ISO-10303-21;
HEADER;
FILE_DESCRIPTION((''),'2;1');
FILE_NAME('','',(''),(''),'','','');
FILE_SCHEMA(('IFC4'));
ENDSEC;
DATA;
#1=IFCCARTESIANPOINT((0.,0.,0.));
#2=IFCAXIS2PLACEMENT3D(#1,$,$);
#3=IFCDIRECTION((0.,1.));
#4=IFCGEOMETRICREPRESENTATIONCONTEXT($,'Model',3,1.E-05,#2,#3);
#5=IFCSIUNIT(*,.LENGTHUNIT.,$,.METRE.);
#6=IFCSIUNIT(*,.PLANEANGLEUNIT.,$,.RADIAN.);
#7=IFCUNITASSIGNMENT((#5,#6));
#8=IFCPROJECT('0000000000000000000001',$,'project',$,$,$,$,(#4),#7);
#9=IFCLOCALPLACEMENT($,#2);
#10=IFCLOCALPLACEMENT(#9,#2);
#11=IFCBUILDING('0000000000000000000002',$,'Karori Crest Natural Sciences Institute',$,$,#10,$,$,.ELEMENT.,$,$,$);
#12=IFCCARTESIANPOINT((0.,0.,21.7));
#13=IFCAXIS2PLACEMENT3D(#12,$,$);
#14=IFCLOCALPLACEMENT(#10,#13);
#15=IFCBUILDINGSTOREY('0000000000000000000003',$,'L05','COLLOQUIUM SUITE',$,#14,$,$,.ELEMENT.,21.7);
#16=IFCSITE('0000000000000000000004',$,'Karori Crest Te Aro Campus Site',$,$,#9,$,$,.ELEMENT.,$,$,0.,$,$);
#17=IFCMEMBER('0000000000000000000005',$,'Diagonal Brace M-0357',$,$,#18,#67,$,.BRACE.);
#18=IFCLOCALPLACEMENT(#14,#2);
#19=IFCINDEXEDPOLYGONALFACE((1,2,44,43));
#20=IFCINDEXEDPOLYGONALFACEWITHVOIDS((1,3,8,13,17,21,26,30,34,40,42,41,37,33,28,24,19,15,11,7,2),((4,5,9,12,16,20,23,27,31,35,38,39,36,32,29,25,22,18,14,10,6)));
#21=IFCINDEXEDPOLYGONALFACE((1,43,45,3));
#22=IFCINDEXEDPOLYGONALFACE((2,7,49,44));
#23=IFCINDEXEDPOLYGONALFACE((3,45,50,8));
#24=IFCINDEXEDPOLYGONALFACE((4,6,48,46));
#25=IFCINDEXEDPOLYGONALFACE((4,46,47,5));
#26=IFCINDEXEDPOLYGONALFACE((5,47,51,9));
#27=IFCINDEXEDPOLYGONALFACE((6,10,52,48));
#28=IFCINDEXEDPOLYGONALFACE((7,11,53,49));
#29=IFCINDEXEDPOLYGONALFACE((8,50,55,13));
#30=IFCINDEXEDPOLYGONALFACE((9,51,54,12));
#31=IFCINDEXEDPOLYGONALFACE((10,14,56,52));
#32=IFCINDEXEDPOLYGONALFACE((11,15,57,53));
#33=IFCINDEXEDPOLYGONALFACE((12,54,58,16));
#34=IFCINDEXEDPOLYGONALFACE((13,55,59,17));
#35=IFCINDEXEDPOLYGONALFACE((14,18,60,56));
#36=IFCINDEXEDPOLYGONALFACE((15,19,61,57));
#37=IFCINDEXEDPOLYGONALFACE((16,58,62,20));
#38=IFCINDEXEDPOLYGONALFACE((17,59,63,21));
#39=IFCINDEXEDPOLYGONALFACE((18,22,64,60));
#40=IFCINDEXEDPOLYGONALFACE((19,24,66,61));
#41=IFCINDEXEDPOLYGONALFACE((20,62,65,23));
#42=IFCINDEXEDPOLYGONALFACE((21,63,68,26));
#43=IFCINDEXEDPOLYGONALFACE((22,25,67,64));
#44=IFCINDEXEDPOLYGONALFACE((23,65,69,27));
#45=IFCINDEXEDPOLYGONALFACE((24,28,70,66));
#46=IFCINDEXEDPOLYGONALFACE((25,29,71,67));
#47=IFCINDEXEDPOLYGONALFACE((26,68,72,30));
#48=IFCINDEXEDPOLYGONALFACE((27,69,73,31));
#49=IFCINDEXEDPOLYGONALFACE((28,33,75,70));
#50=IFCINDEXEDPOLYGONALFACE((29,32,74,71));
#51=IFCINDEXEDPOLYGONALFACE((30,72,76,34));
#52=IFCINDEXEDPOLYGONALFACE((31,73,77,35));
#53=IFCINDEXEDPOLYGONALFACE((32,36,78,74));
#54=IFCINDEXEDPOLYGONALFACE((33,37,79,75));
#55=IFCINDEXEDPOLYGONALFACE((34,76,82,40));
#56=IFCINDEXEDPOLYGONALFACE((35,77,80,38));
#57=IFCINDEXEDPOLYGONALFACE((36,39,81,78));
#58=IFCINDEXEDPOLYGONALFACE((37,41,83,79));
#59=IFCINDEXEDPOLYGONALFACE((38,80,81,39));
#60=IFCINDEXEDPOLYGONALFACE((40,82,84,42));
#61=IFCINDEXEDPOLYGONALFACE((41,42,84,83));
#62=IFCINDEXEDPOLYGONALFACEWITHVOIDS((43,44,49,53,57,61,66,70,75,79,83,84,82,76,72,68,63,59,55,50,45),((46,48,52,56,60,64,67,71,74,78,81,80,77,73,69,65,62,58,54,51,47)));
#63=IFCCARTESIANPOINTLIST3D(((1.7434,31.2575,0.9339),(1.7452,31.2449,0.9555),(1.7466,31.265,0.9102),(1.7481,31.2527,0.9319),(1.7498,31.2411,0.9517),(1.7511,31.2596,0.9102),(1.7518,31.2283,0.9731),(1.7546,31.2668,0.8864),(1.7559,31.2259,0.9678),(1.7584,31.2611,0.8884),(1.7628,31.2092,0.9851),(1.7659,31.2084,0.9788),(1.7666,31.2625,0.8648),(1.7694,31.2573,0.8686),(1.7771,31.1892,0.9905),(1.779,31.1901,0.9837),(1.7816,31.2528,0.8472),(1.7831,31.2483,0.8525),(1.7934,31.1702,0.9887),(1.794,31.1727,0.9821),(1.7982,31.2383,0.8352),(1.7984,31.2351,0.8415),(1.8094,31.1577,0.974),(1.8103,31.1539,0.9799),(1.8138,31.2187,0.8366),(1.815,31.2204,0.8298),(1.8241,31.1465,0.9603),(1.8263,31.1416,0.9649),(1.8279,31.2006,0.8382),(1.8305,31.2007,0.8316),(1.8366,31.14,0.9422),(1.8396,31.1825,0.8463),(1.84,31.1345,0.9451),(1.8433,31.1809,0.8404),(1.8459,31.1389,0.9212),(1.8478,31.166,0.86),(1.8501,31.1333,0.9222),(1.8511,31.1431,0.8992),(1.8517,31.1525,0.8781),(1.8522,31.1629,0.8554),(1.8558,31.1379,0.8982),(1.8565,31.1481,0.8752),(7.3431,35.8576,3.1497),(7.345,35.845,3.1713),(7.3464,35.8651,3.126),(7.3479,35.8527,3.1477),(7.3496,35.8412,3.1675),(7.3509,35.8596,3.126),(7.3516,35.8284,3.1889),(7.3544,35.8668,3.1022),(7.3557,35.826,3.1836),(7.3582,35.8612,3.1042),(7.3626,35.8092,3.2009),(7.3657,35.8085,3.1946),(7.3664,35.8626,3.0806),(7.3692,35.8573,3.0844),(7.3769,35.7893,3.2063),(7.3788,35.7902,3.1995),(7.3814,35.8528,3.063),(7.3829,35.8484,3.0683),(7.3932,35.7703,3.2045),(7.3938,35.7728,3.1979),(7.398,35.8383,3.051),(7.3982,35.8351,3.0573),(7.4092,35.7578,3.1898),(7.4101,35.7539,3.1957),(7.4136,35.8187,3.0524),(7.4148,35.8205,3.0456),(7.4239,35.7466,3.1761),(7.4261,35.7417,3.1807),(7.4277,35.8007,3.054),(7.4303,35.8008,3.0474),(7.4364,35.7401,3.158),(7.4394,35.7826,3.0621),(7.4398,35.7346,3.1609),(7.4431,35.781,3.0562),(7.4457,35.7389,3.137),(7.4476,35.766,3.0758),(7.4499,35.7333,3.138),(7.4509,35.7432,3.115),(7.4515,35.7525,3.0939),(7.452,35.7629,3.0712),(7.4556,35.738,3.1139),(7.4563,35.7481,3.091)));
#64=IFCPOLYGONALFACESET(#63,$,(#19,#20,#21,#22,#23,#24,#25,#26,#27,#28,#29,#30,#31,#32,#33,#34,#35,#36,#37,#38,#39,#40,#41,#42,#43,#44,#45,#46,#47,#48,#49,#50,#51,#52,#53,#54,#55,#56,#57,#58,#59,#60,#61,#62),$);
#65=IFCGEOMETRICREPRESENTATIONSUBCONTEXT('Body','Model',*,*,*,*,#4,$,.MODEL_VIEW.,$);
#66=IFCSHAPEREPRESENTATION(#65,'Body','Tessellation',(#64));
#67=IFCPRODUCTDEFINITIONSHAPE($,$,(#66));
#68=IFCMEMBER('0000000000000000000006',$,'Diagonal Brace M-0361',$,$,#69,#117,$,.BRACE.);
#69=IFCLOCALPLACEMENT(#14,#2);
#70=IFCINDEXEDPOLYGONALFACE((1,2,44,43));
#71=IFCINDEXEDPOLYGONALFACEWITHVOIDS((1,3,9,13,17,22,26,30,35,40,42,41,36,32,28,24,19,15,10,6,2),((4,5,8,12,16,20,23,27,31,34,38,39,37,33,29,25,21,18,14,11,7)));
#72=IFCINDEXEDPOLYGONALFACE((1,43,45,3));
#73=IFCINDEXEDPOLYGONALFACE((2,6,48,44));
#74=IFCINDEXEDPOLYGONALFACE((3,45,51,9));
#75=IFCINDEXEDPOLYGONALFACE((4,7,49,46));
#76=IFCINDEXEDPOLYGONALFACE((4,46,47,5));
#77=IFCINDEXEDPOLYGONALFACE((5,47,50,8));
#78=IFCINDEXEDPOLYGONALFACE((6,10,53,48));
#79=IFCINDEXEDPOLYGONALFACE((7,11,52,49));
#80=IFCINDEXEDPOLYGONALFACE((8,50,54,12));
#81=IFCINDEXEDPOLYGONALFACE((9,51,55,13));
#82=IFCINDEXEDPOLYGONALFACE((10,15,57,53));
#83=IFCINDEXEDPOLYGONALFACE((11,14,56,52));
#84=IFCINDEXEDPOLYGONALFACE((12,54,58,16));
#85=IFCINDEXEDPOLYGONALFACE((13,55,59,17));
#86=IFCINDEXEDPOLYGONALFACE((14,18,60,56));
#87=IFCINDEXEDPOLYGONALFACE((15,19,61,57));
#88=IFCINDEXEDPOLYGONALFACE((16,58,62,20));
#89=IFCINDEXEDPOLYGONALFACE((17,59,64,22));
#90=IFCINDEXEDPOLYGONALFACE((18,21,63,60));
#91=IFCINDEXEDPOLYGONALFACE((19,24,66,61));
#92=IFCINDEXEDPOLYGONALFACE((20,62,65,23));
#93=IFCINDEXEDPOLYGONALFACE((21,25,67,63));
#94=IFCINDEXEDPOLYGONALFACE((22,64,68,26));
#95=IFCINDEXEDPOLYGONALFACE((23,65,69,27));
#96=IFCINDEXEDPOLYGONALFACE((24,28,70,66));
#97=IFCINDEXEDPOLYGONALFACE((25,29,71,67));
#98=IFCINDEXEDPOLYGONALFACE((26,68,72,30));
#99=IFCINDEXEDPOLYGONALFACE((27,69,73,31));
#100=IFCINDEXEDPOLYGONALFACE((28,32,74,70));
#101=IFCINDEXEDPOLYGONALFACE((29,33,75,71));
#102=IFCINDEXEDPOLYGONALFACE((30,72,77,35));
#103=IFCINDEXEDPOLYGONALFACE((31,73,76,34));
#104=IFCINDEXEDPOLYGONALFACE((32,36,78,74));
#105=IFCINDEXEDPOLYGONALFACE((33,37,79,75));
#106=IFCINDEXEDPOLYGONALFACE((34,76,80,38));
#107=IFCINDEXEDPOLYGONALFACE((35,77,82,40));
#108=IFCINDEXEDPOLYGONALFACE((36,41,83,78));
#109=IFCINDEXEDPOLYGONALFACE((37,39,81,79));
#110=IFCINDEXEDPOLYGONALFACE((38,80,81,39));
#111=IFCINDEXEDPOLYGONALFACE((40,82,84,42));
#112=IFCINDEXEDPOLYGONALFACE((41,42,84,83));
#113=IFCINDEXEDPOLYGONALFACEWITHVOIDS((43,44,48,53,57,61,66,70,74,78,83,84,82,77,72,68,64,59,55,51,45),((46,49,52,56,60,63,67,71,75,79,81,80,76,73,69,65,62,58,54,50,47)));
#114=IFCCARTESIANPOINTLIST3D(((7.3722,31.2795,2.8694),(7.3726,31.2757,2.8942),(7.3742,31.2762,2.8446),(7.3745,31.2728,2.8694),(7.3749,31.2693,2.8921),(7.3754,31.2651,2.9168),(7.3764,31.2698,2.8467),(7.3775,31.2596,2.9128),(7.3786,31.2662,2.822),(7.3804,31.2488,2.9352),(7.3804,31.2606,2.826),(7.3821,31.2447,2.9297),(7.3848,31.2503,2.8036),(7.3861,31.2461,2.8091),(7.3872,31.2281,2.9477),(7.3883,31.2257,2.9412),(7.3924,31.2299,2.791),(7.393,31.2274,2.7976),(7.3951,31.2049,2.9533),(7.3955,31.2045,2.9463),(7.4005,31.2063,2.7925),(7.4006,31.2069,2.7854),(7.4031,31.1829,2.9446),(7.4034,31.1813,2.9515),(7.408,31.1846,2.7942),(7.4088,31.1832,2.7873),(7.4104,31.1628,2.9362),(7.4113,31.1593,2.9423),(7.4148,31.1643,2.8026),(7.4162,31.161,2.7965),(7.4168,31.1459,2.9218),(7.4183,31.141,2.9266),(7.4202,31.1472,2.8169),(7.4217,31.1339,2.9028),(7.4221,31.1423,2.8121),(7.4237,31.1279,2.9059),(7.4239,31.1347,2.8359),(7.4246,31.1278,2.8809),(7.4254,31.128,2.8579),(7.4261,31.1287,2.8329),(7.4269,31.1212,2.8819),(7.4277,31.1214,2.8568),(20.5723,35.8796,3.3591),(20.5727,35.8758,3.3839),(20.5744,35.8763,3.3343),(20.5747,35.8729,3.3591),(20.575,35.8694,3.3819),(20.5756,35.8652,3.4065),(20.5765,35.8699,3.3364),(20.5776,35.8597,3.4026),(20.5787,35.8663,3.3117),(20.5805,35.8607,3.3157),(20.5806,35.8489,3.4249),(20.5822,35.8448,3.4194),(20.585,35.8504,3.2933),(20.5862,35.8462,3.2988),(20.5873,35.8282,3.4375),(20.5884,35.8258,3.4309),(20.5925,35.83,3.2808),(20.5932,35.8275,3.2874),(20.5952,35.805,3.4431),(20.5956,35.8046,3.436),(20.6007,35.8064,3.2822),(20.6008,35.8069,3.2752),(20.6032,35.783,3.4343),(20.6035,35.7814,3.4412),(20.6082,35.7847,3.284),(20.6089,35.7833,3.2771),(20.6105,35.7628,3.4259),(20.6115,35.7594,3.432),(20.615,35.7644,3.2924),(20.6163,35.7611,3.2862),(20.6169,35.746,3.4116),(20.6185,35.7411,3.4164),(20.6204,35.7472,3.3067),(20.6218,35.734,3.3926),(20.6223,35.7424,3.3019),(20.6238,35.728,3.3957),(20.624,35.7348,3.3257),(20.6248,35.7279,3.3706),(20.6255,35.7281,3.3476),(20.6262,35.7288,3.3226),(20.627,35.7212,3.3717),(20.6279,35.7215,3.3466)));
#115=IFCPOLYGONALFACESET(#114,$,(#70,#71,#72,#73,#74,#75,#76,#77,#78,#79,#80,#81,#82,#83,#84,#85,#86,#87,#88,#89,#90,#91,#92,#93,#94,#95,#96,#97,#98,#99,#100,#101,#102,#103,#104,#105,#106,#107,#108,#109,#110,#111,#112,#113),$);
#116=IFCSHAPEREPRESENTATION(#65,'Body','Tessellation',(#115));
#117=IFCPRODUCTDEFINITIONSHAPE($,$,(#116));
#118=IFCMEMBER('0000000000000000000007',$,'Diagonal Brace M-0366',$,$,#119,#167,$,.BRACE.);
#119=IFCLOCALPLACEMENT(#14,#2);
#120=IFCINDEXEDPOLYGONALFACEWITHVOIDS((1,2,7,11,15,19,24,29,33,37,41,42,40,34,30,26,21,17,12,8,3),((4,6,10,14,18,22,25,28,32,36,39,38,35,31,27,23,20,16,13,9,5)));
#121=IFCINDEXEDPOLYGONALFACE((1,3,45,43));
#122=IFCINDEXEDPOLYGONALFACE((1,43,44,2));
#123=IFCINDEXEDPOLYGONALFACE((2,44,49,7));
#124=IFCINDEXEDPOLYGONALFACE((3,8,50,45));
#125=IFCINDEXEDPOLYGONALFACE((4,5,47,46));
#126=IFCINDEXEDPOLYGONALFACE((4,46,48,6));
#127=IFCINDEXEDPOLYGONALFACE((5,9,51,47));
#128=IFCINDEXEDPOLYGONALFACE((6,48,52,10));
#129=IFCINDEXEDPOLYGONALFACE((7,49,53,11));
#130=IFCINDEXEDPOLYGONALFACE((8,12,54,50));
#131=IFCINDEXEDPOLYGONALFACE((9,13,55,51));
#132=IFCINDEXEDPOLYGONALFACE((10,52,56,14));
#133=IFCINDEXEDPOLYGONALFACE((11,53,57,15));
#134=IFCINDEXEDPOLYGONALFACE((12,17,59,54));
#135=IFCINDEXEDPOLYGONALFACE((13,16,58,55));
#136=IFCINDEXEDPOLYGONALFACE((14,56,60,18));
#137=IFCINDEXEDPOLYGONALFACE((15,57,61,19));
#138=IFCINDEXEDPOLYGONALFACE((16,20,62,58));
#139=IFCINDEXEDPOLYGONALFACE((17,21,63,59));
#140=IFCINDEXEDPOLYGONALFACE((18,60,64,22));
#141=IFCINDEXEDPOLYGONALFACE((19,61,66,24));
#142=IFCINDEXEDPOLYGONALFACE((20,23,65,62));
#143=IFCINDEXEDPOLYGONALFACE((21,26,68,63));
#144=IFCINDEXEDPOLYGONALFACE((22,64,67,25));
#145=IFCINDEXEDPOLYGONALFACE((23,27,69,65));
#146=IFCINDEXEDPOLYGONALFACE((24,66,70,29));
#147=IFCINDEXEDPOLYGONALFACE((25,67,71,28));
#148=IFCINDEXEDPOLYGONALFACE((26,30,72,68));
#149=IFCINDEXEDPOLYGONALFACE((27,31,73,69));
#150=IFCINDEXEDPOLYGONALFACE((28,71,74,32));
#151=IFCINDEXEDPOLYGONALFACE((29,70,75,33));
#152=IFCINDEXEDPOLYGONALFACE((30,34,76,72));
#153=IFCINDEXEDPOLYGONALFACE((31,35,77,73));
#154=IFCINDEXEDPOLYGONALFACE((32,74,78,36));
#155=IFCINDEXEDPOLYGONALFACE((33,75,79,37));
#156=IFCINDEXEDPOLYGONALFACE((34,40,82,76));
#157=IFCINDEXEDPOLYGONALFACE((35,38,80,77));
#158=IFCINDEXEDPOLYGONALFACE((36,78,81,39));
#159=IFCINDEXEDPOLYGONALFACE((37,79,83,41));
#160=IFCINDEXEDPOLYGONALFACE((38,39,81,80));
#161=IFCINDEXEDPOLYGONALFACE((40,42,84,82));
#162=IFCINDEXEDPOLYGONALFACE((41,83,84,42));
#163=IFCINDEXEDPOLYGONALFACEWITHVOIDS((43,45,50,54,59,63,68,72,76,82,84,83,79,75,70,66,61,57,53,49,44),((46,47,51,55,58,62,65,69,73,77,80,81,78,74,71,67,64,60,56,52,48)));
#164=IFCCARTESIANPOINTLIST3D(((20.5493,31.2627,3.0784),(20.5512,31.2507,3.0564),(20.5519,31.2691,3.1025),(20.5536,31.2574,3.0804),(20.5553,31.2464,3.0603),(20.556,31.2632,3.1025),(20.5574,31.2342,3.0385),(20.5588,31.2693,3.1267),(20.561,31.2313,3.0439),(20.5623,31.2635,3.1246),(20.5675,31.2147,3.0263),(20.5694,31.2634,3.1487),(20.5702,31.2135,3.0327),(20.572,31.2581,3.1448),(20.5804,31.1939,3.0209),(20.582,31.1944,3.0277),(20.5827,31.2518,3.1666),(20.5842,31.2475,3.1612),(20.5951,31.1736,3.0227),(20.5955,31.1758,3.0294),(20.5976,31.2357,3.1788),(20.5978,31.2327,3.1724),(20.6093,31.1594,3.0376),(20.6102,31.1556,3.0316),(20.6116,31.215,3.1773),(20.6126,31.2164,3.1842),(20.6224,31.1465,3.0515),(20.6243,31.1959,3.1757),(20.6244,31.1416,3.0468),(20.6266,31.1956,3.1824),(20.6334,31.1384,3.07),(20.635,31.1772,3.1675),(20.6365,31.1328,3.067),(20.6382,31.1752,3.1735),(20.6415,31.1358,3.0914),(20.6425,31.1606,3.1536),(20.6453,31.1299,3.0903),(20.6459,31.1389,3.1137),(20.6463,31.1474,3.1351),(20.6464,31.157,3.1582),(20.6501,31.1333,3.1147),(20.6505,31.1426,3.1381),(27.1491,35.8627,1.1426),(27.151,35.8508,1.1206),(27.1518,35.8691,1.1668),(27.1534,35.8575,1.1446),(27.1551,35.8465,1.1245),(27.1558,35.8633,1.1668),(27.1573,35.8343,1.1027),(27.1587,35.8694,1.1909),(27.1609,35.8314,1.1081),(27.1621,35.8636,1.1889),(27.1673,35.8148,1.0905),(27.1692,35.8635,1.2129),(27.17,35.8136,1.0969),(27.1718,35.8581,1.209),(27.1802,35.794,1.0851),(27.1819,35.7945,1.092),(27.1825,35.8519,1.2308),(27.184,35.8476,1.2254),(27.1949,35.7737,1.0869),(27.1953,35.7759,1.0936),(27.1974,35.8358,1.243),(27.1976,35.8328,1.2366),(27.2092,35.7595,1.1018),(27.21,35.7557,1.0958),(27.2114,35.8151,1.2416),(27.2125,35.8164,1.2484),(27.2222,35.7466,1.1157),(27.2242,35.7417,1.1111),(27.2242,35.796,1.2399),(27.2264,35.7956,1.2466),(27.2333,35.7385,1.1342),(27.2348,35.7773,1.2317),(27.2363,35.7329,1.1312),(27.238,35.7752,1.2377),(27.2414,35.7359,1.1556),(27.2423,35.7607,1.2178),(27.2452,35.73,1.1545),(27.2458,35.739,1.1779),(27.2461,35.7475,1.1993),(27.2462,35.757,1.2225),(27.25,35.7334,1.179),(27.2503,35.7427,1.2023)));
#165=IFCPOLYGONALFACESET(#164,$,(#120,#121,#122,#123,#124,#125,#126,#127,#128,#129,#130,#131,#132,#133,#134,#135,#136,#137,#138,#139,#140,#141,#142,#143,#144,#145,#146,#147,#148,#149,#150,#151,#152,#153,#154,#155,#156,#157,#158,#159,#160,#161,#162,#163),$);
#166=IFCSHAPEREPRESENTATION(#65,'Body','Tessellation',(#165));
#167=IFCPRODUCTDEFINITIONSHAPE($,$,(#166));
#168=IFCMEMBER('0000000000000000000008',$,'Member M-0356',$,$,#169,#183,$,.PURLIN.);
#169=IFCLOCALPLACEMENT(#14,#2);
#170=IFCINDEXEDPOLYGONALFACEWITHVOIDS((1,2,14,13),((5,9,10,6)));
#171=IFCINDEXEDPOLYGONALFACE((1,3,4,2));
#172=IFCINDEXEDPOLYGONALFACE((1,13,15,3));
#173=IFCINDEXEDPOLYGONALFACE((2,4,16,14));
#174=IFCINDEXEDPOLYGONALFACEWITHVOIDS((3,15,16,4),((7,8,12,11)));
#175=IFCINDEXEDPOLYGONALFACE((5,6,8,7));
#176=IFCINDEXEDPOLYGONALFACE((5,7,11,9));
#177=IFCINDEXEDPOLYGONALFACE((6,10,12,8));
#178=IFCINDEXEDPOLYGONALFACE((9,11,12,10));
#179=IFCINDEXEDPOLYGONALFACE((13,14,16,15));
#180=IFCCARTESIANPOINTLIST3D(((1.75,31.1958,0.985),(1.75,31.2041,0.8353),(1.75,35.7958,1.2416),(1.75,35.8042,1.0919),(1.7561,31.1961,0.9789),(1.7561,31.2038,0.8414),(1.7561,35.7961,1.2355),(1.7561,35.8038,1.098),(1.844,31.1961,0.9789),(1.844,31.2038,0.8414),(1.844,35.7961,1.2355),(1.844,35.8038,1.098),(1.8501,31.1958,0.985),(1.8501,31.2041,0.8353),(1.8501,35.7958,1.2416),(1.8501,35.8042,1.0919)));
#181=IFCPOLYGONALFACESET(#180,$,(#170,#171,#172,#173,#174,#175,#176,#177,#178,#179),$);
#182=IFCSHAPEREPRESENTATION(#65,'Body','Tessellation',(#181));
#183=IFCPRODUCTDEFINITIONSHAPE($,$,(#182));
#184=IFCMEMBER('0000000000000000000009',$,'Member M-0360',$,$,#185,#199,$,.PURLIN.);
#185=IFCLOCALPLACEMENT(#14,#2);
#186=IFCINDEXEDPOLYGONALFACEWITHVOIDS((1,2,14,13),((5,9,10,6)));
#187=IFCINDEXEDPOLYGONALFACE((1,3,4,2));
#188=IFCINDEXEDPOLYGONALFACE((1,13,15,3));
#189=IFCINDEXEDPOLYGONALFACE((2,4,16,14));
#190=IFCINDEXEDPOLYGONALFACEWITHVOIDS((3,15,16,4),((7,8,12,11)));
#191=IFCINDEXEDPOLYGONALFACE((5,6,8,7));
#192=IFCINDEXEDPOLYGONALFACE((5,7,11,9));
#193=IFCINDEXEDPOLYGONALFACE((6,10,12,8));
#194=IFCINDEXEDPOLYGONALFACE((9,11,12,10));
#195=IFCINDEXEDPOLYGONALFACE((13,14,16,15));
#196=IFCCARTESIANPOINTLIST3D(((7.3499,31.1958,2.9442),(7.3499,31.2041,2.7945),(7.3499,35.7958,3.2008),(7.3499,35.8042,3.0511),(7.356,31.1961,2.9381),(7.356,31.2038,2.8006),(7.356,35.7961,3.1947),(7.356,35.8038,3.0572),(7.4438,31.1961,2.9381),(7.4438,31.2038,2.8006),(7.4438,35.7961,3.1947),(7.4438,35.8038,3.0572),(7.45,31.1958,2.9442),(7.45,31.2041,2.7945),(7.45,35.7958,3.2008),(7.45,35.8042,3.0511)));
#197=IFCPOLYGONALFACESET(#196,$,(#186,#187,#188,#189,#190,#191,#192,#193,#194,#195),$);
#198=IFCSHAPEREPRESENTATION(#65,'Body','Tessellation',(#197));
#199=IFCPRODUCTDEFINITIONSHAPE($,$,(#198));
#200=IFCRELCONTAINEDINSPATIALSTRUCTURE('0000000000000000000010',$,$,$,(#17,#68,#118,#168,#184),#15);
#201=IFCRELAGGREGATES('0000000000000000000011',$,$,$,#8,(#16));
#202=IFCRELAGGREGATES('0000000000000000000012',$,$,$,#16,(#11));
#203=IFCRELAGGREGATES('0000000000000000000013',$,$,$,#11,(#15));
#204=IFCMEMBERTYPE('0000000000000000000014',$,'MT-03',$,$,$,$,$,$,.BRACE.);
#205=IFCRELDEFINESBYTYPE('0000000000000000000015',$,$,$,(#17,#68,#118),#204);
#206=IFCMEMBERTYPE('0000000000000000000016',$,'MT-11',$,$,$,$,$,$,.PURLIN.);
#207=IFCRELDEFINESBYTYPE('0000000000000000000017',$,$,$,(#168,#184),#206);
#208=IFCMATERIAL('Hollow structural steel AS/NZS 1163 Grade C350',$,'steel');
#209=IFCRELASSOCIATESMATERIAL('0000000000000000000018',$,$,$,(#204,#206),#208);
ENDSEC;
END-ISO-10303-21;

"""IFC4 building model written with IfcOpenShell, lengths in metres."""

from ifc_helpers import new_model, si_unit, direction, frame, origin, origin_2d, place, context, subcontext, project, spatial, hollow_rectangle, hollow_circle, extrude, material, material_profile, profile_set, type_object, element, save


model = new_model("IFC4")

# Units and contexts
model_context = context("Model", 3, precision=1e-05, world=origin(), true_north=direction((0.0, 1.0)))
body_context = subcontext(model_context, "Body", "Model", "MODEL_VIEW")
ifc_project = project(units=[si_unit("LENGTHUNIT", "METRE"), si_unit("PLANEANGLEUNIT", "RADIAN")], contexts=[model_context])

# Site, building, storey
site_placement = place(None, origin())
site = spatial("IfcSite", under=ifc_project, at=site_placement, Name="Karori Crest Te Aro Campus Site", CompositionType="ELEMENT", RefElevation=0.0)
building_placement = place(site_placement, origin())
building = spatial("IfcBuilding", under=site, at=building_placement, Name="Karori Crest Natural Sciences Institute", CompositionType="ELEMENT")
storey_placement = place(building_placement, frame((0.0, 0.0, 21.7)))
storey = spatial("IfcBuildingStorey", under=building, at=storey_placement, Name="L05", Description="COLLOQUIUM SUITE", CompositionType="ELEMENT", Elevation=21.7)

# Members
ifc_material_1 = material(Name="Hollow structural steel AS/NZS 1163 Grade C350", Category="steel")
ifc_material_profile_1 = material_profile(ifc_material_1, hollow_circle(Radius=0.0842, WallThickness=0.0071, at=origin_2d()), Name="CHS168.3x7.1")
ifc_profile_set_1 = profile_set([ifc_material_profile_1], Name="Hollow structural steel AS/NZS 1163 Grade C350")
member_type_1 = type_object("IfcMemberType", Name="MT-03", PredefinedType="BRACE", material=ifc_profile_set_1)
member_1_placement = place(storey_placement, frame((1.8, 31.2, 0.9102), z_axis=(0.738942, 0.607017, 0.292394), x_axis=(-0.634757, 0.772712, 0.0)))
element("IfcMember", 1, at=member_1_placement, inside=storey, type_object=member_type_1, Name="Diagonal Brace M-0357", PredefinedType="BRACE", context=body_context, shape_type="SweptSolid", body=[
    extrude(hollow_circle(Radius=0.0842, WallThickness=0.0071, at=origin_2d()), origin(), (0.0, 0.0, 1.0), 7.5781),
])
member_2_placement = place(storey_placement, frame((7.3999, 31.2, 2.8694), z_axis=(0.943724, 0.328876, 0.035014), x_axis=(-0.329077, 0.944303, 0.0)))
element("IfcMember", 2, at=member_2_placement, inside=storey, type_object=member_type_1, Name="Diagonal Brace M-0361", PredefinedType="BRACE", context=body_context, shape_type="SweptSolid", body=[
    extrude(hollow_circle(Radius=0.0842, WallThickness=0.0071, at=origin_2d()), origin(), (0.0, 0.0, 1.0), 13.9873),
])
member_3_placement = place(storey_placement, frame((20.6001, 31.2, 3.1025), z_axis=(0.79762, 0.555941, -0.233948), x_axis=(-0.571809, 0.820387, 0.0)))
element("IfcMember", 3, at=member_3_placement, inside=storey, type_object=member_type_1, Name="Diagonal Brace M-0366", PredefinedType="BRACE", context=body_context, shape_type="SweptSolid", body=[
    extrude(hollow_circle(Radius=0.0842, WallThickness=0.0071, at=origin_2d()), origin(), (0.0, 0.0, 1.0), 8.2744),
])
ifc_material_profile_2 = material_profile(ifc_material_1, hollow_rectangle(XDim=0.1001, YDim=0.1499, WallThickness=0.0061, at=origin_2d()), Name="RHS150x100x6")
ifc_profile_set_2 = profile_set([ifc_material_profile_2], Name="Hollow structural steel AS/NZS 1163 Grade C350")
member_type_2 = type_object("IfcMemberType", Name="MT-11", PredefinedType="PURLIN", material=ifc_profile_set_2)
for number, where, z_axis, x_axis, name in (
    (4, (1.8, 31.2, 0.9102), (0.0, 0.998448, 0.055693), (-1.0, 0.0, 0.0), "Member M-0356"),
    (5, (7.3999, 31.2, 2.8694), (0.0, 0.998448, 0.055693), (-1.0, 0.0, 0.0), "Member M-0360"),
):
    element("IfcMember", number, at=place(storey_placement, frame(where, z_axis=z_axis, x_axis=x_axis)), inside=storey, type_object=member_type_2, Name=name, PredefinedType="PURLIN", context=body_context, shape_type="SweptSolid", body=[
        extrude(hollow_rectangle(XDim=0.1001, YDim=0.1499, WallThickness=0.0061, at=origin_2d()), origin(), (0.0, 0.0, 1.0), 4.6072),
    ])

save(model, "model.ifc")
